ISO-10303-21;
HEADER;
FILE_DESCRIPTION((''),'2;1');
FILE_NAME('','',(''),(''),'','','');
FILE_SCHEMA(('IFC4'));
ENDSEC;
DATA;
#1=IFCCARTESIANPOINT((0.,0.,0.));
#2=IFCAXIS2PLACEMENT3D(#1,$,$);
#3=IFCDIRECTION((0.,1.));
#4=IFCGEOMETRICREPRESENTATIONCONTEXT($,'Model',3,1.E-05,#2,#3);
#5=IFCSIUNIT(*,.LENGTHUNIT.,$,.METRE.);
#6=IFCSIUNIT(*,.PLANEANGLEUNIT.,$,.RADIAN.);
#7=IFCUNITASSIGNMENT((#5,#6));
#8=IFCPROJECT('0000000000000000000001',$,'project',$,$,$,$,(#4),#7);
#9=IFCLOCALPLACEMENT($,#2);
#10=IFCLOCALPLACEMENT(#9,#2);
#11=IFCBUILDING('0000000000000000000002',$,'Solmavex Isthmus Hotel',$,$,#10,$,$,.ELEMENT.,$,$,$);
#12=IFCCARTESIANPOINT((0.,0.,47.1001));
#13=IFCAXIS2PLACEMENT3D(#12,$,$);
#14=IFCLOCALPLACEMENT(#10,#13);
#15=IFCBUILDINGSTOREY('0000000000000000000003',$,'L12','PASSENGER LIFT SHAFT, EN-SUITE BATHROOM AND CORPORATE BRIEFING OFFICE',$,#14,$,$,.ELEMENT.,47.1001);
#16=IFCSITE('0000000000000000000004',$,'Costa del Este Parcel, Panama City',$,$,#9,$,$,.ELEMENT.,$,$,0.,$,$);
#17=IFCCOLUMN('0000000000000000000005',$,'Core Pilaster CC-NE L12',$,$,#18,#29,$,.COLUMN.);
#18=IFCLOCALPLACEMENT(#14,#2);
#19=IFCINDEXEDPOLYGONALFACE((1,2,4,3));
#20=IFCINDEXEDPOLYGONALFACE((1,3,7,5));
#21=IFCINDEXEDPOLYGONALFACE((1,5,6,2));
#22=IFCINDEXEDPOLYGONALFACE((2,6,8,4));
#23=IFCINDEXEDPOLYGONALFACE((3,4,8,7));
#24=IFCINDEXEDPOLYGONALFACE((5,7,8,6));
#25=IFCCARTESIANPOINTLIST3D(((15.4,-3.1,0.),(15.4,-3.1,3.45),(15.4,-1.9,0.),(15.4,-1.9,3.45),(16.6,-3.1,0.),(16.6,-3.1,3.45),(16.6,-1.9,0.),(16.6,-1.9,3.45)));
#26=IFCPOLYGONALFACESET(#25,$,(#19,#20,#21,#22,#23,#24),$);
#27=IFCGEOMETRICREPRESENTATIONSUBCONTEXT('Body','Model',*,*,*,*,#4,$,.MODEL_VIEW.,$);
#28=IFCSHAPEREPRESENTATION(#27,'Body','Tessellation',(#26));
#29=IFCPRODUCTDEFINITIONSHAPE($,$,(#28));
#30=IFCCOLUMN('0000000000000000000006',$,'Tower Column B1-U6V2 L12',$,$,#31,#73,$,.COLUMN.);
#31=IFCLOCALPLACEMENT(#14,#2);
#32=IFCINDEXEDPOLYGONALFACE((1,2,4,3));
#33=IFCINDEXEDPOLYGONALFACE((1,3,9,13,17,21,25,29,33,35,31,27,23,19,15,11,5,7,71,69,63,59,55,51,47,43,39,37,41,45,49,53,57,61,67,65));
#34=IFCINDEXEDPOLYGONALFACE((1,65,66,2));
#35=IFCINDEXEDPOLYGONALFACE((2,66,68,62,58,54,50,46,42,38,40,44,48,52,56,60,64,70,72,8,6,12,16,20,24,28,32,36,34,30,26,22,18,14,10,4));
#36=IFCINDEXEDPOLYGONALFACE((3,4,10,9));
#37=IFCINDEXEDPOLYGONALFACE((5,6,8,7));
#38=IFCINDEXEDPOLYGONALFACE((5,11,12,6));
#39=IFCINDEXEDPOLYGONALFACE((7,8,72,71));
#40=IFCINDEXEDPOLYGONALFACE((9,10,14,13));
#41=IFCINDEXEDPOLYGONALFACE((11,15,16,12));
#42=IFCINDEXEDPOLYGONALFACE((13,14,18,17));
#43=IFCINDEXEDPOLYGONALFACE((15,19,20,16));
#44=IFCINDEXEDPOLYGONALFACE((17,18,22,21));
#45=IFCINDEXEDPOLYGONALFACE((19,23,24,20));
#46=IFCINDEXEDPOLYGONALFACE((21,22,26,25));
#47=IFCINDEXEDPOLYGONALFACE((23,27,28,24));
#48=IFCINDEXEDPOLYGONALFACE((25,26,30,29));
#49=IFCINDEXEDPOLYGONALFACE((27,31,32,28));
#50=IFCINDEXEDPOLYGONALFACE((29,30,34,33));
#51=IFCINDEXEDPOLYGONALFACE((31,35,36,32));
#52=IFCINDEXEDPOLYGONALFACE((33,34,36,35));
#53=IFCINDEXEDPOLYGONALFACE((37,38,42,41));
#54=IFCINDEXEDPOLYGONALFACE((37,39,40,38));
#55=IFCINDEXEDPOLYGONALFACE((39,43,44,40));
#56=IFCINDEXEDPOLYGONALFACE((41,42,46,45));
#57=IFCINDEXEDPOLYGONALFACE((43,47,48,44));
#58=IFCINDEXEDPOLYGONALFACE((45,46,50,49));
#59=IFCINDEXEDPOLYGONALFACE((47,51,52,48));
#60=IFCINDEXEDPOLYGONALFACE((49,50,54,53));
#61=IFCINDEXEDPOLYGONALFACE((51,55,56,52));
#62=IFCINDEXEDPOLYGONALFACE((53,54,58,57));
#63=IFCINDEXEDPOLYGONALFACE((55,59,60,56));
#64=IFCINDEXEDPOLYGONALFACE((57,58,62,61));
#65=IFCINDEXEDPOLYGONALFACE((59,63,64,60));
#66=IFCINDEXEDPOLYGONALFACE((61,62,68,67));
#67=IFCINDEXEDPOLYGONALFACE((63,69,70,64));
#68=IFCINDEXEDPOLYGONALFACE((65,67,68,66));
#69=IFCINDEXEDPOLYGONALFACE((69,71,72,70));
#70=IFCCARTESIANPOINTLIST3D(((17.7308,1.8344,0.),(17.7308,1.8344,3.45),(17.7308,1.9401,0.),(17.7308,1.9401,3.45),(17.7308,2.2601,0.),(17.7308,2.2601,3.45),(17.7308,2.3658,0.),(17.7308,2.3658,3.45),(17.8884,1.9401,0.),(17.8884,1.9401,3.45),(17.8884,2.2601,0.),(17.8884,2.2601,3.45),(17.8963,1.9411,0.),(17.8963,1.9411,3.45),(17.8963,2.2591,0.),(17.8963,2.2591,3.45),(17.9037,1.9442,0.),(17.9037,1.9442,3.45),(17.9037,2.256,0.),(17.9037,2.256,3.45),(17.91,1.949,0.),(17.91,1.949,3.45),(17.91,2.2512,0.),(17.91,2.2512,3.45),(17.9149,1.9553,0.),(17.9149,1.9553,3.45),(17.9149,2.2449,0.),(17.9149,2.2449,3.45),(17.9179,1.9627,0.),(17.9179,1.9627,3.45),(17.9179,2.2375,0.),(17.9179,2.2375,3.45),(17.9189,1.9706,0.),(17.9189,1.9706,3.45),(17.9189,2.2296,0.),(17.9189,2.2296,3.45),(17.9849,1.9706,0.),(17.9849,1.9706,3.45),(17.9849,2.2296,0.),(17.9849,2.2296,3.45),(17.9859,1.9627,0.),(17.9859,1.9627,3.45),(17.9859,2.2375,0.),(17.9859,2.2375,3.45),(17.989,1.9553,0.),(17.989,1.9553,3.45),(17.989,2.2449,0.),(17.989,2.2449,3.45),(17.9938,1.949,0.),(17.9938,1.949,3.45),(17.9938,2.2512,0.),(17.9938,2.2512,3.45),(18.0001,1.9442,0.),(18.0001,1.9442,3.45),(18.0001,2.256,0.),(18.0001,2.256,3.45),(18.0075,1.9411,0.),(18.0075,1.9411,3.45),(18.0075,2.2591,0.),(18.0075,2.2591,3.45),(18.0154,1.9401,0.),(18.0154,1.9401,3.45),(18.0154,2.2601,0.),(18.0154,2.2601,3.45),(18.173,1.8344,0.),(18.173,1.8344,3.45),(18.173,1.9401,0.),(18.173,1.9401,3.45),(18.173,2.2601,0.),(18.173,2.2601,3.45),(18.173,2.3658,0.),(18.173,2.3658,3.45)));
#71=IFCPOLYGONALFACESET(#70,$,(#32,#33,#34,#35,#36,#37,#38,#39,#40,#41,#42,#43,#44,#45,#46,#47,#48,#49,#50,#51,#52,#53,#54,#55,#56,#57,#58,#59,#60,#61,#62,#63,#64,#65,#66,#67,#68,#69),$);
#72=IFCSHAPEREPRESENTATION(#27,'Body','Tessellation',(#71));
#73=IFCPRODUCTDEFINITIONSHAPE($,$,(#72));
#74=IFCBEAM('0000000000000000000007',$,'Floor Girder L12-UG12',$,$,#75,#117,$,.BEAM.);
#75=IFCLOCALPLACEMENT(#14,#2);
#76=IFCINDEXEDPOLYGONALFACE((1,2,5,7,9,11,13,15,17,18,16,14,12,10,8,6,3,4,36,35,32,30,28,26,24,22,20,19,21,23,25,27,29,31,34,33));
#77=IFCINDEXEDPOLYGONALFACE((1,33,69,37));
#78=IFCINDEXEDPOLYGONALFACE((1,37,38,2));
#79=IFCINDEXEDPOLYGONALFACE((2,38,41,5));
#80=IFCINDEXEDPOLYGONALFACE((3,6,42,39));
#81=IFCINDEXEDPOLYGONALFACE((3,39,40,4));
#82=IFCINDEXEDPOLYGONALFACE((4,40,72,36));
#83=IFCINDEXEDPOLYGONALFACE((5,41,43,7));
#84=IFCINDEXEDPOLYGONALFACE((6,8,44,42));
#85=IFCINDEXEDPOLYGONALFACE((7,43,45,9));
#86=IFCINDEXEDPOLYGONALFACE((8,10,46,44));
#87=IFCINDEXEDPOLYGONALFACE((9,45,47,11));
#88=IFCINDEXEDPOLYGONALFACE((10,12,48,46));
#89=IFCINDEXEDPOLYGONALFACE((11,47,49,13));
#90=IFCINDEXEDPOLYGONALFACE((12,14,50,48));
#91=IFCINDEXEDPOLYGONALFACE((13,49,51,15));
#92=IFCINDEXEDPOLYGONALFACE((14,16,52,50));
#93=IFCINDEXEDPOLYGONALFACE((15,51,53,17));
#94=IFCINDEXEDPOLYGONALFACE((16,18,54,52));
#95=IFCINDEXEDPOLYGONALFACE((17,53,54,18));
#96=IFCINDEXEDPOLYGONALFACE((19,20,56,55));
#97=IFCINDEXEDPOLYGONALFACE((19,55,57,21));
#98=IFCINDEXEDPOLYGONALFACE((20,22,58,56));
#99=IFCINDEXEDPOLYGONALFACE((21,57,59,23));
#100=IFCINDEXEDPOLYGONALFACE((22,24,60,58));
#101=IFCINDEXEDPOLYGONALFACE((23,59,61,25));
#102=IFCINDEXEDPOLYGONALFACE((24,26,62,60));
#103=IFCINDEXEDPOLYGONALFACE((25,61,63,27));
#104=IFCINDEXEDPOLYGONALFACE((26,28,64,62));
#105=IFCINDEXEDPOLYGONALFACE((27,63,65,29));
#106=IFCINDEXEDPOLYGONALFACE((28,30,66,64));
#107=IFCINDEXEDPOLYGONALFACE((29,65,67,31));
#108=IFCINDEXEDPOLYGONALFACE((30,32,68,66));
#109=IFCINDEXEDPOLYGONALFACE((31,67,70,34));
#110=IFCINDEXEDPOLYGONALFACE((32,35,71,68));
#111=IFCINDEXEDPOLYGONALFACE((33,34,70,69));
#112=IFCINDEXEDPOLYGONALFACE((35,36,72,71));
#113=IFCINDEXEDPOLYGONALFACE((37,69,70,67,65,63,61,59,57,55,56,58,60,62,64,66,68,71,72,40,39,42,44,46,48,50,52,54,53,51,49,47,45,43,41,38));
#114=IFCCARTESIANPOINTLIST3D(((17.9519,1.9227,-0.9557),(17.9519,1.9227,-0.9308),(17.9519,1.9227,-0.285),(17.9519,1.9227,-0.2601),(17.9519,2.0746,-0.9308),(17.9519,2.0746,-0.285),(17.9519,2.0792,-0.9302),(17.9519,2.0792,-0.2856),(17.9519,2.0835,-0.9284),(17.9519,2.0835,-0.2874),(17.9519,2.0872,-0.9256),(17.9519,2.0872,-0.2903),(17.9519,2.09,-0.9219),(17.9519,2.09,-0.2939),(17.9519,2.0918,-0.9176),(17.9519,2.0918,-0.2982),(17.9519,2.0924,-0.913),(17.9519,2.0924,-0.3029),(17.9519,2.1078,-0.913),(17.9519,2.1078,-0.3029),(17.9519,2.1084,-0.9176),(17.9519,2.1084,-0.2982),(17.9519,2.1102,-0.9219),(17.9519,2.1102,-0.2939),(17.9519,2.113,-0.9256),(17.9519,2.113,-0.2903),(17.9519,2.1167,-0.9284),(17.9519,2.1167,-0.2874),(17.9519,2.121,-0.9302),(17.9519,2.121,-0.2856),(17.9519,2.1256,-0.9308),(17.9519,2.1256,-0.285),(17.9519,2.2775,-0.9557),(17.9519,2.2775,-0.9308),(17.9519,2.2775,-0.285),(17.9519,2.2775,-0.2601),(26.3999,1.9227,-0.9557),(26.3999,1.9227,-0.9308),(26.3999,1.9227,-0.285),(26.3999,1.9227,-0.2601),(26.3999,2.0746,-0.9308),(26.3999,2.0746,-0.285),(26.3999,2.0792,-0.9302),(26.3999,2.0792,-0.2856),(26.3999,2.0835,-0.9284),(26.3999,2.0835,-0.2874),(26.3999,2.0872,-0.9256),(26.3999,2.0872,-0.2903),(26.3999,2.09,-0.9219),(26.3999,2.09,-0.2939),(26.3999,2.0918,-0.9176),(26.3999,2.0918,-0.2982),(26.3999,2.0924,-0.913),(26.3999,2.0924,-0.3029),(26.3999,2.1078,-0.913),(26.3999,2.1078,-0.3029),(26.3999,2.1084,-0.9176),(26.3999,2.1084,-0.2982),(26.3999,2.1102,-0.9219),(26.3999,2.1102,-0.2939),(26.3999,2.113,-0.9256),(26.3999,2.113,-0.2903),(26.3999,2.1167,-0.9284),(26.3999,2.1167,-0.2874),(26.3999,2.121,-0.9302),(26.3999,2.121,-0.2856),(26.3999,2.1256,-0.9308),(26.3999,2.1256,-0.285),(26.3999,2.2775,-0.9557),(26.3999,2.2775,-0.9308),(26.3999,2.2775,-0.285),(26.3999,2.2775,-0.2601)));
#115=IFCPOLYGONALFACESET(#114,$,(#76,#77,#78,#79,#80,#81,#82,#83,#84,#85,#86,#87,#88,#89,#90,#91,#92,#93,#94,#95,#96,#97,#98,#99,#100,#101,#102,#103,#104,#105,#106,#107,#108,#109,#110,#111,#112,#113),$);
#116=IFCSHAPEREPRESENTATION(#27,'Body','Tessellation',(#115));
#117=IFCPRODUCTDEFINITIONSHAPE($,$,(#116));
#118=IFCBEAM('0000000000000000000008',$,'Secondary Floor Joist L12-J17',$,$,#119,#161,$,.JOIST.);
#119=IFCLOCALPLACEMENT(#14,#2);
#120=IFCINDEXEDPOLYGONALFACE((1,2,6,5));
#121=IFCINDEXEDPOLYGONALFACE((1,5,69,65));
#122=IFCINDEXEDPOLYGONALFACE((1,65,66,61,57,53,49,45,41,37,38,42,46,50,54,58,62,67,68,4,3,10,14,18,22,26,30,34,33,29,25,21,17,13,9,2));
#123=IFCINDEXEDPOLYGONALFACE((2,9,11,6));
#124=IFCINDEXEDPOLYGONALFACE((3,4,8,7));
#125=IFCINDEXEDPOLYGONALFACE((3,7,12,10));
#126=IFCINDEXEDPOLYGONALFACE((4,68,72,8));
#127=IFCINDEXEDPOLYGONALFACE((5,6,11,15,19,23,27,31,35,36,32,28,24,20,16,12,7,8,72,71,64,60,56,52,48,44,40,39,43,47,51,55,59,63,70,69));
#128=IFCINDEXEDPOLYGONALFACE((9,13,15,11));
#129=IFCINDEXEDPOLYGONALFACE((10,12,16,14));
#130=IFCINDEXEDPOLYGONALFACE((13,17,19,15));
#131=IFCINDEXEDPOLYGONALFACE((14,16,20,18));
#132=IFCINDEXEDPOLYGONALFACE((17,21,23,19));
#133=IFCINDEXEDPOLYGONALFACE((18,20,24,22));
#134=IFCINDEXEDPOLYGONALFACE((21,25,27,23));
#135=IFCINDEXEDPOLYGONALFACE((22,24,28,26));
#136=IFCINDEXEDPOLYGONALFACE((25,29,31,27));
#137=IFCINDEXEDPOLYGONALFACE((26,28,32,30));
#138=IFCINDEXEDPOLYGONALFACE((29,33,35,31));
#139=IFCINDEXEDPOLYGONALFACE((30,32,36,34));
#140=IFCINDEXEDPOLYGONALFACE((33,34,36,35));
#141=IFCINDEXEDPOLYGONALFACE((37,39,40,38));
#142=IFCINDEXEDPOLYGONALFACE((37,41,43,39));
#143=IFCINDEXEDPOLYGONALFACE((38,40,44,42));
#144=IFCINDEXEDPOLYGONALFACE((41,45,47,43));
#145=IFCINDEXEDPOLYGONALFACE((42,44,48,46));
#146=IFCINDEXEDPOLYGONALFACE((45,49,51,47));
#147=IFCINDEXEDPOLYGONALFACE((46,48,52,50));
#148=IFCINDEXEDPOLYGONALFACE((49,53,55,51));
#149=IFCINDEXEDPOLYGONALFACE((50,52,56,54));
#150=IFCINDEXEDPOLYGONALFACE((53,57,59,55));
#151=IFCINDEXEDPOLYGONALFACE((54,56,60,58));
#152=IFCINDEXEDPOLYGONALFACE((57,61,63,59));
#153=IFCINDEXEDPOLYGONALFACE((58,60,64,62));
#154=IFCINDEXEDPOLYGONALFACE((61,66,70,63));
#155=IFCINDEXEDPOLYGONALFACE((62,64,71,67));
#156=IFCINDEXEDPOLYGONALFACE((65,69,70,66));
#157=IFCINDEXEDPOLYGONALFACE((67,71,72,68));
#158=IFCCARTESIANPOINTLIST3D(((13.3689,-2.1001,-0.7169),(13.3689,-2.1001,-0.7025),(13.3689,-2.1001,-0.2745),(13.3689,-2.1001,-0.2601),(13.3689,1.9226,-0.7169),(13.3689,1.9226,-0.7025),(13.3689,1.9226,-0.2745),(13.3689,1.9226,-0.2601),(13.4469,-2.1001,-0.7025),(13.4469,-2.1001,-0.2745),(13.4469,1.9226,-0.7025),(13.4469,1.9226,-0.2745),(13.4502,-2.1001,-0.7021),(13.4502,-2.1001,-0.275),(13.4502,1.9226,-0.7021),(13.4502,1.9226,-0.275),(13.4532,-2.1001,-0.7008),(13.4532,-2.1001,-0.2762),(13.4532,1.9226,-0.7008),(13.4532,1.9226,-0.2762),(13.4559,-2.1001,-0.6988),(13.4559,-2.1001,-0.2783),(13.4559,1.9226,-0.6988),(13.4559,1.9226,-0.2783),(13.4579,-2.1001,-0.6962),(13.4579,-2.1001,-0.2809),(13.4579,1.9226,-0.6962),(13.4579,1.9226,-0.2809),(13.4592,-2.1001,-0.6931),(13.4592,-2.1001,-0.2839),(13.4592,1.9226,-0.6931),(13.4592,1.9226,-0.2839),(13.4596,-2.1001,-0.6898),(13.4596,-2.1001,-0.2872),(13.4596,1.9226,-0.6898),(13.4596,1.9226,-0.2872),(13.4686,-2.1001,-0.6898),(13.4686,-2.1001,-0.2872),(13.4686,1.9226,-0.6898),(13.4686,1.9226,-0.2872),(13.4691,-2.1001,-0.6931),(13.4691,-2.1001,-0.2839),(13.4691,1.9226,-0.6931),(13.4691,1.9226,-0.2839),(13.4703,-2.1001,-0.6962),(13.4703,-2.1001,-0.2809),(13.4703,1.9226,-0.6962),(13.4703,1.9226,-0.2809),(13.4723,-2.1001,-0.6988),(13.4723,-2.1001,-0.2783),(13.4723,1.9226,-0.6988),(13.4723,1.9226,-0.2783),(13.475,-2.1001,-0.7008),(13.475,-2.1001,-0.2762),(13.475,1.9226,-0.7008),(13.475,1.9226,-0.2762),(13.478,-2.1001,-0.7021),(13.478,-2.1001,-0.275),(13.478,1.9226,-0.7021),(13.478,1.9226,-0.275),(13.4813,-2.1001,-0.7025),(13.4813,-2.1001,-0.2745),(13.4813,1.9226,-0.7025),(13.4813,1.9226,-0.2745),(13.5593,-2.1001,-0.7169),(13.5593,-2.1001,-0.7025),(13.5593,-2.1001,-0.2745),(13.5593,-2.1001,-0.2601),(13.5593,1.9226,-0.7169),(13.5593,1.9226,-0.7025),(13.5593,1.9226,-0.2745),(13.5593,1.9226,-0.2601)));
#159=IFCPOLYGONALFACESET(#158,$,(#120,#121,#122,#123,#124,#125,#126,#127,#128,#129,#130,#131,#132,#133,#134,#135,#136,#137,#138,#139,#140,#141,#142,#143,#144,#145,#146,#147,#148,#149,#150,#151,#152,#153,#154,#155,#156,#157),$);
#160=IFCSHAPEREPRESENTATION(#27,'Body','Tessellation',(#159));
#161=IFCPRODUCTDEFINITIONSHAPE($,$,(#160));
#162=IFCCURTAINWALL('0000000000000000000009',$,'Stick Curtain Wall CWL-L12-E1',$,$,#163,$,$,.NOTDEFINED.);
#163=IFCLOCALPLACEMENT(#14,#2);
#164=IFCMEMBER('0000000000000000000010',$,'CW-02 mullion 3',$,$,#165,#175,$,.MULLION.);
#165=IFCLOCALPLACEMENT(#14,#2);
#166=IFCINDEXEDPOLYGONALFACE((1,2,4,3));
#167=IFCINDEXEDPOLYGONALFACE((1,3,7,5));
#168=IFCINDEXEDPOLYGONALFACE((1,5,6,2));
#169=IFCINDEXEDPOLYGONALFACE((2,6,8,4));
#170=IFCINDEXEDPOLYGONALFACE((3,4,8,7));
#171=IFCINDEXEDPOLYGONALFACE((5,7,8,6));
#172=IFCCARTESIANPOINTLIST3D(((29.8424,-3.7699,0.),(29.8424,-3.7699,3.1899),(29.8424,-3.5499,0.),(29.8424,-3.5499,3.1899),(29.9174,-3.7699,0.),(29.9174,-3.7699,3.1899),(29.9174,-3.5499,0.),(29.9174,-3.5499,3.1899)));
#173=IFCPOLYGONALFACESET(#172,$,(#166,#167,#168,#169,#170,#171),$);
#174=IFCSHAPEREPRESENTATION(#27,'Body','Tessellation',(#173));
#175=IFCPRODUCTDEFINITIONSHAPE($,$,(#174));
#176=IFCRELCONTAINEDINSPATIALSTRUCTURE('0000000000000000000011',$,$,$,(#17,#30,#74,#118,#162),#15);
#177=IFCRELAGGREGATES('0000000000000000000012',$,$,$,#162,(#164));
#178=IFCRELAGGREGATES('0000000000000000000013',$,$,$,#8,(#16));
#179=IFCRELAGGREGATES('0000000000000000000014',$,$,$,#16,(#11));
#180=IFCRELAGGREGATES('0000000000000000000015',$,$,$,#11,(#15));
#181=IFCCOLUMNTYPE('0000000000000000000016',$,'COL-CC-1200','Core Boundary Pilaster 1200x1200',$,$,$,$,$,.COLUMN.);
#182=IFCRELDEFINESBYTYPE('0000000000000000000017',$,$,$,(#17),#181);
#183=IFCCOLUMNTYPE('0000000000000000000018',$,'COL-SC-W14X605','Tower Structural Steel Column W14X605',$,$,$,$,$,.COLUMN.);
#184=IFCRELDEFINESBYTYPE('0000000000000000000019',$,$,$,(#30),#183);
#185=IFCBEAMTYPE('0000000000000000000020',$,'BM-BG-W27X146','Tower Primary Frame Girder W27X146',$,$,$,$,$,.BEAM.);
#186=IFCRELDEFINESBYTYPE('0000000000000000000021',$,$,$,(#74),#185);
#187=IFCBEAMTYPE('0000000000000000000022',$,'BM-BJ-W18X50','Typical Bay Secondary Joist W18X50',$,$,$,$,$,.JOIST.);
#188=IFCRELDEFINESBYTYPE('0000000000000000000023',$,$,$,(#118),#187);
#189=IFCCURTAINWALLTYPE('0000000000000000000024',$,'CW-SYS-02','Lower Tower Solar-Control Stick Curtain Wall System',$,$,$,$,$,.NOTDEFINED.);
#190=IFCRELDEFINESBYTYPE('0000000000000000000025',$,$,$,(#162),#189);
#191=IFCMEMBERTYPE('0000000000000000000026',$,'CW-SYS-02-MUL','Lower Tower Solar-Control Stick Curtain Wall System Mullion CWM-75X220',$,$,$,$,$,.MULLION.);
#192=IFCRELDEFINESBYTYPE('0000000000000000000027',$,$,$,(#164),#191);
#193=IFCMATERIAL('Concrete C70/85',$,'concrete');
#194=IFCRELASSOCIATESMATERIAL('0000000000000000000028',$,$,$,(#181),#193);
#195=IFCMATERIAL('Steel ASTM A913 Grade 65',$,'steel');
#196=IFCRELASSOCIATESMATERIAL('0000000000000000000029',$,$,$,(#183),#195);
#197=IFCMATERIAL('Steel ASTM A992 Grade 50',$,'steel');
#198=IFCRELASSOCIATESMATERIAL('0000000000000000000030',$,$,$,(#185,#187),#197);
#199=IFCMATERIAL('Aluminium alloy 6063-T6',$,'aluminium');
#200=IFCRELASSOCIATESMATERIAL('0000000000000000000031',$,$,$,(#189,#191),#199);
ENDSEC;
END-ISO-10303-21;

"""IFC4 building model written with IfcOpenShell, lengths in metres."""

from ifc_helpers import new_model, si_unit, direction, frame, origin, origin_2d, place, context, subcontext, project, spatial, rectangle, i_section, extrude, material, material_profile, profile_set, type_object, element, aggregate, save


model = new_model("IFC4")

# Units and contexts
model_context = context("Model", 3, precision=1e-05, world=origin(), true_north=direction((0.0, 1.0)))
body_context = subcontext(model_context, "Body", "Model", "MODEL_VIEW")
ifc_project = project(units=[si_unit("LENGTHUNIT", "METRE"), si_unit("PLANEANGLEUNIT", "RADIAN")], contexts=[model_context])

# Site, building, storey
site_placement = place(None, origin())
site = spatial("IfcSite", under=ifc_project, at=site_placement, Name="Costa del Este Parcel, Panama City", CompositionType="ELEMENT", RefElevation=0.0)
building_placement = place(site_placement, origin())
building = spatial("IfcBuilding", under=site, at=building_placement, Name="Solmavex Isthmus Hotel", CompositionType="ELEMENT")
storey_placement = place(building_placement, frame((0.0, 0.0, 47.1001)))
storey = spatial("IfcBuildingStorey", under=building, at=storey_placement, Name="L12", Description="PASSENGER LIFT SHAFT, EN-SUITE BATHROOM AND CORPORATE BRIEFING OFFICE", CompositionType="ELEMENT", Elevation=47.1001)

# Columns
ifc_material_1 = material(Name="Concrete C70/85", Category="concrete")
ifc_material_profile_1 = material_profile(ifc_material_1, rectangle(XDim=1.2, YDim=1.2, at=origin_2d()), Name="RC1200X1200")
ifc_profile_set_1 = profile_set([ifc_material_profile_1], Name="Concrete C70/85")
column_type_1 = type_object("IfcColumnType", Name="COL-CC-1200", Description="Core Boundary Pilaster 1200x1200", PredefinedType="COLUMN", material=ifc_profile_set_1)
column_1_placement = place(storey_placement, frame((16.0, -2.5, 0.0), z_axis=(0.0, 0.0, 1.0), x_axis=(1.0, 0.0, 0.0)))
element("IfcColumn", 1, at=column_1_placement, inside=storey, type_object=column_type_1, Name="Core Pilaster CC-NE L12", PredefinedType="COLUMN", context=body_context, shape_type="SweptSolid", body=[
    extrude(rectangle(XDim=1.2, YDim=1.2, at=origin_2d()), origin(), (0.0, 0.0, 1.0), 3.45),
])
ifc_material_2 = material(Name="Steel ASTM A913 Grade 65", Category="steel")
ifc_material_profile_2 = material_profile(ifc_material_2, i_section(OverallWidth=0.4421, OverallDepth=0.5315, WebThickness=0.0659, FlangeThickness=0.1057, FilletRadius=0.0305, at=origin_2d()), Name="W14X605")
ifc_profile_set_2 = profile_set([ifc_material_profile_2], Name="Steel ASTM A913 Grade 65")
column_type_2 = type_object("IfcColumnType", Name="COL-SC-W14X605", Description="Tower Structural Steel Column W14X605", PredefinedType="COLUMN", material=ifc_profile_set_2)
column_2_placement = place(storey_placement, frame((17.9519, 2.1001, 0.0), z_axis=(0.0, 0.0, 1.0), x_axis=(1.0, 0.0, 0.0)))
element("IfcColumn", 2, at=column_2_placement, inside=storey, type_object=column_type_2, Name="Tower Column B1-U6V2 L12", PredefinedType="COLUMN", context=body_context, shape_type="SweptSolid", body=[
    extrude(i_section(OverallWidth=0.4421, OverallDepth=0.5315, WebThickness=0.0659, FlangeThickness=0.1057, FilletRadius=0.0305, at=origin_2d()), origin(), (0.0, 0.0, 1.0), 3.45),
])

# Beams
ifc_material_3 = material(Name="Steel ASTM A992 Grade 50", Category="steel")
ifc_material_profile_3 = material_profile(ifc_material_3, i_section(OverallWidth=0.3547, OverallDepth=0.6956, WebThickness=0.0154, FlangeThickness=0.0249, FilletRadius=0.0178, at=origin_2d()), Name="W27X146")
ifc_profile_set_3 = profile_set([ifc_material_profile_3], Name="Steel ASTM A992 Grade 50")
beam_type_1 = type_object("IfcBeamType", Name="BM-BG-W27X146", Description="Tower Primary Frame Girder W27X146", PredefinedType="BEAM", material=ifc_profile_set_3)
beam_1_placement = place(storey_placement, frame((17.9519, 2.1001, -0.6079), z_axis=(1.0, 0.0, 0.0), x_axis=(0.0, 1.0, 0.0)))
element("IfcBeam", 3, at=beam_1_placement, inside=storey, type_object=beam_type_1, Name="Floor Girder L12-UG12", PredefinedType="BEAM", context=body_context, shape_type="SweptSolid", body=[
    extrude(i_section(OverallWidth=0.3547, OverallDepth=0.6956, WebThickness=0.0154, FlangeThickness=0.0249, FilletRadius=0.0178, at=origin_2d()), origin(), (0.0, 0.0, 1.0), 8.448),
])
ifc_material_profile_4 = material_profile(ifc_material_3, i_section(OverallWidth=0.1904, OverallDepth=0.4568, WebThickness=0.009, FlangeThickness=0.0144, FilletRadius=0.0127, at=origin_2d()), Name="W18X50")
ifc_profile_set_4 = profile_set([ifc_material_profile_4], Name="Steel ASTM A992 Grade 50")
beam_type_2 = type_object("IfcBeamType", Name="BM-BJ-W18X50", Description="Typical Bay Secondary Joist W18X50", PredefinedType="JOIST", material=ifc_profile_set_4)
beam_2_placement = place(storey_placement, frame((13.4641, -2.1001, -0.4885), z_axis=(0.0, 1.0, 0.0), x_axis=(-1.0, 0.0, 0.0)))
element("IfcBeam", 4, at=beam_2_placement, inside=storey, type_object=beam_type_2, Name="Secondary Floor Joist L12-J17", PredefinedType="JOIST", context=body_context, shape_type="SweptSolid", body=[
    extrude(i_section(OverallWidth=0.1904, OverallDepth=0.4568, WebThickness=0.009, FlangeThickness=0.0144, FilletRadius=0.0127, at=origin_2d()), origin(), (0.0, 0.0, 1.0), 4.0227),
])

# Curtain wall, member
ifc_material_4 = material(Name="Aluminium alloy 6063-T6", Category="aluminium")
curtain_wall_type = type_object("IfcCurtainWallType", Name="CW-SYS-02", Description="Lower Tower Solar-Control Stick Curtain Wall System", PredefinedType="NOTDEFINED", material=ifc_material_4)
curtain_wall_placement = place(storey_placement, origin())
curtain_wall = element("IfcCurtainWall", 5, at=curtain_wall_placement, inside=storey, type_object=curtain_wall_type, Name="Stick Curtain Wall CWL-L12-E1", PredefinedType="NOTDEFINED")
ifc_material_profile_5 = material_profile(ifc_material_4, rectangle(XDim=0.075, YDim=0.22, at=origin_2d()), Name="CWM-75X220")
ifc_profile_set_5 = profile_set([ifc_material_profile_5], Name="Aluminium alloy 6063-T6")
member_type_1 = type_object("IfcMemberType", Name="CW-SYS-02-MUL", Description="Lower Tower Solar-Control Stick Curtain Wall System Mullion CWM-75X220", PredefinedType="MULLION", material=ifc_profile_set_5)
member_1_placement = place(storey_placement, frame((29.8799, -3.6599, 0.0), z_axis=(0.0, 0.0, 1.0), x_axis=(-1.0, 0.0, 0.0)))
member_1 = element("IfcMember", 6, at=member_1_placement, type_object=member_type_1, Name="CW-02 mullion 3", PredefinedType="MULLION", context=body_context, shape_type="SweptSolid", body=[
    extrude(rectangle(XDim=0.075, YDim=0.22, at=origin_2d()), origin(), (0.0, 0.0, 1.0), 3.1899),
])
aggregate(curtain_wall, [member_1])

save(model, "model.ifc")
